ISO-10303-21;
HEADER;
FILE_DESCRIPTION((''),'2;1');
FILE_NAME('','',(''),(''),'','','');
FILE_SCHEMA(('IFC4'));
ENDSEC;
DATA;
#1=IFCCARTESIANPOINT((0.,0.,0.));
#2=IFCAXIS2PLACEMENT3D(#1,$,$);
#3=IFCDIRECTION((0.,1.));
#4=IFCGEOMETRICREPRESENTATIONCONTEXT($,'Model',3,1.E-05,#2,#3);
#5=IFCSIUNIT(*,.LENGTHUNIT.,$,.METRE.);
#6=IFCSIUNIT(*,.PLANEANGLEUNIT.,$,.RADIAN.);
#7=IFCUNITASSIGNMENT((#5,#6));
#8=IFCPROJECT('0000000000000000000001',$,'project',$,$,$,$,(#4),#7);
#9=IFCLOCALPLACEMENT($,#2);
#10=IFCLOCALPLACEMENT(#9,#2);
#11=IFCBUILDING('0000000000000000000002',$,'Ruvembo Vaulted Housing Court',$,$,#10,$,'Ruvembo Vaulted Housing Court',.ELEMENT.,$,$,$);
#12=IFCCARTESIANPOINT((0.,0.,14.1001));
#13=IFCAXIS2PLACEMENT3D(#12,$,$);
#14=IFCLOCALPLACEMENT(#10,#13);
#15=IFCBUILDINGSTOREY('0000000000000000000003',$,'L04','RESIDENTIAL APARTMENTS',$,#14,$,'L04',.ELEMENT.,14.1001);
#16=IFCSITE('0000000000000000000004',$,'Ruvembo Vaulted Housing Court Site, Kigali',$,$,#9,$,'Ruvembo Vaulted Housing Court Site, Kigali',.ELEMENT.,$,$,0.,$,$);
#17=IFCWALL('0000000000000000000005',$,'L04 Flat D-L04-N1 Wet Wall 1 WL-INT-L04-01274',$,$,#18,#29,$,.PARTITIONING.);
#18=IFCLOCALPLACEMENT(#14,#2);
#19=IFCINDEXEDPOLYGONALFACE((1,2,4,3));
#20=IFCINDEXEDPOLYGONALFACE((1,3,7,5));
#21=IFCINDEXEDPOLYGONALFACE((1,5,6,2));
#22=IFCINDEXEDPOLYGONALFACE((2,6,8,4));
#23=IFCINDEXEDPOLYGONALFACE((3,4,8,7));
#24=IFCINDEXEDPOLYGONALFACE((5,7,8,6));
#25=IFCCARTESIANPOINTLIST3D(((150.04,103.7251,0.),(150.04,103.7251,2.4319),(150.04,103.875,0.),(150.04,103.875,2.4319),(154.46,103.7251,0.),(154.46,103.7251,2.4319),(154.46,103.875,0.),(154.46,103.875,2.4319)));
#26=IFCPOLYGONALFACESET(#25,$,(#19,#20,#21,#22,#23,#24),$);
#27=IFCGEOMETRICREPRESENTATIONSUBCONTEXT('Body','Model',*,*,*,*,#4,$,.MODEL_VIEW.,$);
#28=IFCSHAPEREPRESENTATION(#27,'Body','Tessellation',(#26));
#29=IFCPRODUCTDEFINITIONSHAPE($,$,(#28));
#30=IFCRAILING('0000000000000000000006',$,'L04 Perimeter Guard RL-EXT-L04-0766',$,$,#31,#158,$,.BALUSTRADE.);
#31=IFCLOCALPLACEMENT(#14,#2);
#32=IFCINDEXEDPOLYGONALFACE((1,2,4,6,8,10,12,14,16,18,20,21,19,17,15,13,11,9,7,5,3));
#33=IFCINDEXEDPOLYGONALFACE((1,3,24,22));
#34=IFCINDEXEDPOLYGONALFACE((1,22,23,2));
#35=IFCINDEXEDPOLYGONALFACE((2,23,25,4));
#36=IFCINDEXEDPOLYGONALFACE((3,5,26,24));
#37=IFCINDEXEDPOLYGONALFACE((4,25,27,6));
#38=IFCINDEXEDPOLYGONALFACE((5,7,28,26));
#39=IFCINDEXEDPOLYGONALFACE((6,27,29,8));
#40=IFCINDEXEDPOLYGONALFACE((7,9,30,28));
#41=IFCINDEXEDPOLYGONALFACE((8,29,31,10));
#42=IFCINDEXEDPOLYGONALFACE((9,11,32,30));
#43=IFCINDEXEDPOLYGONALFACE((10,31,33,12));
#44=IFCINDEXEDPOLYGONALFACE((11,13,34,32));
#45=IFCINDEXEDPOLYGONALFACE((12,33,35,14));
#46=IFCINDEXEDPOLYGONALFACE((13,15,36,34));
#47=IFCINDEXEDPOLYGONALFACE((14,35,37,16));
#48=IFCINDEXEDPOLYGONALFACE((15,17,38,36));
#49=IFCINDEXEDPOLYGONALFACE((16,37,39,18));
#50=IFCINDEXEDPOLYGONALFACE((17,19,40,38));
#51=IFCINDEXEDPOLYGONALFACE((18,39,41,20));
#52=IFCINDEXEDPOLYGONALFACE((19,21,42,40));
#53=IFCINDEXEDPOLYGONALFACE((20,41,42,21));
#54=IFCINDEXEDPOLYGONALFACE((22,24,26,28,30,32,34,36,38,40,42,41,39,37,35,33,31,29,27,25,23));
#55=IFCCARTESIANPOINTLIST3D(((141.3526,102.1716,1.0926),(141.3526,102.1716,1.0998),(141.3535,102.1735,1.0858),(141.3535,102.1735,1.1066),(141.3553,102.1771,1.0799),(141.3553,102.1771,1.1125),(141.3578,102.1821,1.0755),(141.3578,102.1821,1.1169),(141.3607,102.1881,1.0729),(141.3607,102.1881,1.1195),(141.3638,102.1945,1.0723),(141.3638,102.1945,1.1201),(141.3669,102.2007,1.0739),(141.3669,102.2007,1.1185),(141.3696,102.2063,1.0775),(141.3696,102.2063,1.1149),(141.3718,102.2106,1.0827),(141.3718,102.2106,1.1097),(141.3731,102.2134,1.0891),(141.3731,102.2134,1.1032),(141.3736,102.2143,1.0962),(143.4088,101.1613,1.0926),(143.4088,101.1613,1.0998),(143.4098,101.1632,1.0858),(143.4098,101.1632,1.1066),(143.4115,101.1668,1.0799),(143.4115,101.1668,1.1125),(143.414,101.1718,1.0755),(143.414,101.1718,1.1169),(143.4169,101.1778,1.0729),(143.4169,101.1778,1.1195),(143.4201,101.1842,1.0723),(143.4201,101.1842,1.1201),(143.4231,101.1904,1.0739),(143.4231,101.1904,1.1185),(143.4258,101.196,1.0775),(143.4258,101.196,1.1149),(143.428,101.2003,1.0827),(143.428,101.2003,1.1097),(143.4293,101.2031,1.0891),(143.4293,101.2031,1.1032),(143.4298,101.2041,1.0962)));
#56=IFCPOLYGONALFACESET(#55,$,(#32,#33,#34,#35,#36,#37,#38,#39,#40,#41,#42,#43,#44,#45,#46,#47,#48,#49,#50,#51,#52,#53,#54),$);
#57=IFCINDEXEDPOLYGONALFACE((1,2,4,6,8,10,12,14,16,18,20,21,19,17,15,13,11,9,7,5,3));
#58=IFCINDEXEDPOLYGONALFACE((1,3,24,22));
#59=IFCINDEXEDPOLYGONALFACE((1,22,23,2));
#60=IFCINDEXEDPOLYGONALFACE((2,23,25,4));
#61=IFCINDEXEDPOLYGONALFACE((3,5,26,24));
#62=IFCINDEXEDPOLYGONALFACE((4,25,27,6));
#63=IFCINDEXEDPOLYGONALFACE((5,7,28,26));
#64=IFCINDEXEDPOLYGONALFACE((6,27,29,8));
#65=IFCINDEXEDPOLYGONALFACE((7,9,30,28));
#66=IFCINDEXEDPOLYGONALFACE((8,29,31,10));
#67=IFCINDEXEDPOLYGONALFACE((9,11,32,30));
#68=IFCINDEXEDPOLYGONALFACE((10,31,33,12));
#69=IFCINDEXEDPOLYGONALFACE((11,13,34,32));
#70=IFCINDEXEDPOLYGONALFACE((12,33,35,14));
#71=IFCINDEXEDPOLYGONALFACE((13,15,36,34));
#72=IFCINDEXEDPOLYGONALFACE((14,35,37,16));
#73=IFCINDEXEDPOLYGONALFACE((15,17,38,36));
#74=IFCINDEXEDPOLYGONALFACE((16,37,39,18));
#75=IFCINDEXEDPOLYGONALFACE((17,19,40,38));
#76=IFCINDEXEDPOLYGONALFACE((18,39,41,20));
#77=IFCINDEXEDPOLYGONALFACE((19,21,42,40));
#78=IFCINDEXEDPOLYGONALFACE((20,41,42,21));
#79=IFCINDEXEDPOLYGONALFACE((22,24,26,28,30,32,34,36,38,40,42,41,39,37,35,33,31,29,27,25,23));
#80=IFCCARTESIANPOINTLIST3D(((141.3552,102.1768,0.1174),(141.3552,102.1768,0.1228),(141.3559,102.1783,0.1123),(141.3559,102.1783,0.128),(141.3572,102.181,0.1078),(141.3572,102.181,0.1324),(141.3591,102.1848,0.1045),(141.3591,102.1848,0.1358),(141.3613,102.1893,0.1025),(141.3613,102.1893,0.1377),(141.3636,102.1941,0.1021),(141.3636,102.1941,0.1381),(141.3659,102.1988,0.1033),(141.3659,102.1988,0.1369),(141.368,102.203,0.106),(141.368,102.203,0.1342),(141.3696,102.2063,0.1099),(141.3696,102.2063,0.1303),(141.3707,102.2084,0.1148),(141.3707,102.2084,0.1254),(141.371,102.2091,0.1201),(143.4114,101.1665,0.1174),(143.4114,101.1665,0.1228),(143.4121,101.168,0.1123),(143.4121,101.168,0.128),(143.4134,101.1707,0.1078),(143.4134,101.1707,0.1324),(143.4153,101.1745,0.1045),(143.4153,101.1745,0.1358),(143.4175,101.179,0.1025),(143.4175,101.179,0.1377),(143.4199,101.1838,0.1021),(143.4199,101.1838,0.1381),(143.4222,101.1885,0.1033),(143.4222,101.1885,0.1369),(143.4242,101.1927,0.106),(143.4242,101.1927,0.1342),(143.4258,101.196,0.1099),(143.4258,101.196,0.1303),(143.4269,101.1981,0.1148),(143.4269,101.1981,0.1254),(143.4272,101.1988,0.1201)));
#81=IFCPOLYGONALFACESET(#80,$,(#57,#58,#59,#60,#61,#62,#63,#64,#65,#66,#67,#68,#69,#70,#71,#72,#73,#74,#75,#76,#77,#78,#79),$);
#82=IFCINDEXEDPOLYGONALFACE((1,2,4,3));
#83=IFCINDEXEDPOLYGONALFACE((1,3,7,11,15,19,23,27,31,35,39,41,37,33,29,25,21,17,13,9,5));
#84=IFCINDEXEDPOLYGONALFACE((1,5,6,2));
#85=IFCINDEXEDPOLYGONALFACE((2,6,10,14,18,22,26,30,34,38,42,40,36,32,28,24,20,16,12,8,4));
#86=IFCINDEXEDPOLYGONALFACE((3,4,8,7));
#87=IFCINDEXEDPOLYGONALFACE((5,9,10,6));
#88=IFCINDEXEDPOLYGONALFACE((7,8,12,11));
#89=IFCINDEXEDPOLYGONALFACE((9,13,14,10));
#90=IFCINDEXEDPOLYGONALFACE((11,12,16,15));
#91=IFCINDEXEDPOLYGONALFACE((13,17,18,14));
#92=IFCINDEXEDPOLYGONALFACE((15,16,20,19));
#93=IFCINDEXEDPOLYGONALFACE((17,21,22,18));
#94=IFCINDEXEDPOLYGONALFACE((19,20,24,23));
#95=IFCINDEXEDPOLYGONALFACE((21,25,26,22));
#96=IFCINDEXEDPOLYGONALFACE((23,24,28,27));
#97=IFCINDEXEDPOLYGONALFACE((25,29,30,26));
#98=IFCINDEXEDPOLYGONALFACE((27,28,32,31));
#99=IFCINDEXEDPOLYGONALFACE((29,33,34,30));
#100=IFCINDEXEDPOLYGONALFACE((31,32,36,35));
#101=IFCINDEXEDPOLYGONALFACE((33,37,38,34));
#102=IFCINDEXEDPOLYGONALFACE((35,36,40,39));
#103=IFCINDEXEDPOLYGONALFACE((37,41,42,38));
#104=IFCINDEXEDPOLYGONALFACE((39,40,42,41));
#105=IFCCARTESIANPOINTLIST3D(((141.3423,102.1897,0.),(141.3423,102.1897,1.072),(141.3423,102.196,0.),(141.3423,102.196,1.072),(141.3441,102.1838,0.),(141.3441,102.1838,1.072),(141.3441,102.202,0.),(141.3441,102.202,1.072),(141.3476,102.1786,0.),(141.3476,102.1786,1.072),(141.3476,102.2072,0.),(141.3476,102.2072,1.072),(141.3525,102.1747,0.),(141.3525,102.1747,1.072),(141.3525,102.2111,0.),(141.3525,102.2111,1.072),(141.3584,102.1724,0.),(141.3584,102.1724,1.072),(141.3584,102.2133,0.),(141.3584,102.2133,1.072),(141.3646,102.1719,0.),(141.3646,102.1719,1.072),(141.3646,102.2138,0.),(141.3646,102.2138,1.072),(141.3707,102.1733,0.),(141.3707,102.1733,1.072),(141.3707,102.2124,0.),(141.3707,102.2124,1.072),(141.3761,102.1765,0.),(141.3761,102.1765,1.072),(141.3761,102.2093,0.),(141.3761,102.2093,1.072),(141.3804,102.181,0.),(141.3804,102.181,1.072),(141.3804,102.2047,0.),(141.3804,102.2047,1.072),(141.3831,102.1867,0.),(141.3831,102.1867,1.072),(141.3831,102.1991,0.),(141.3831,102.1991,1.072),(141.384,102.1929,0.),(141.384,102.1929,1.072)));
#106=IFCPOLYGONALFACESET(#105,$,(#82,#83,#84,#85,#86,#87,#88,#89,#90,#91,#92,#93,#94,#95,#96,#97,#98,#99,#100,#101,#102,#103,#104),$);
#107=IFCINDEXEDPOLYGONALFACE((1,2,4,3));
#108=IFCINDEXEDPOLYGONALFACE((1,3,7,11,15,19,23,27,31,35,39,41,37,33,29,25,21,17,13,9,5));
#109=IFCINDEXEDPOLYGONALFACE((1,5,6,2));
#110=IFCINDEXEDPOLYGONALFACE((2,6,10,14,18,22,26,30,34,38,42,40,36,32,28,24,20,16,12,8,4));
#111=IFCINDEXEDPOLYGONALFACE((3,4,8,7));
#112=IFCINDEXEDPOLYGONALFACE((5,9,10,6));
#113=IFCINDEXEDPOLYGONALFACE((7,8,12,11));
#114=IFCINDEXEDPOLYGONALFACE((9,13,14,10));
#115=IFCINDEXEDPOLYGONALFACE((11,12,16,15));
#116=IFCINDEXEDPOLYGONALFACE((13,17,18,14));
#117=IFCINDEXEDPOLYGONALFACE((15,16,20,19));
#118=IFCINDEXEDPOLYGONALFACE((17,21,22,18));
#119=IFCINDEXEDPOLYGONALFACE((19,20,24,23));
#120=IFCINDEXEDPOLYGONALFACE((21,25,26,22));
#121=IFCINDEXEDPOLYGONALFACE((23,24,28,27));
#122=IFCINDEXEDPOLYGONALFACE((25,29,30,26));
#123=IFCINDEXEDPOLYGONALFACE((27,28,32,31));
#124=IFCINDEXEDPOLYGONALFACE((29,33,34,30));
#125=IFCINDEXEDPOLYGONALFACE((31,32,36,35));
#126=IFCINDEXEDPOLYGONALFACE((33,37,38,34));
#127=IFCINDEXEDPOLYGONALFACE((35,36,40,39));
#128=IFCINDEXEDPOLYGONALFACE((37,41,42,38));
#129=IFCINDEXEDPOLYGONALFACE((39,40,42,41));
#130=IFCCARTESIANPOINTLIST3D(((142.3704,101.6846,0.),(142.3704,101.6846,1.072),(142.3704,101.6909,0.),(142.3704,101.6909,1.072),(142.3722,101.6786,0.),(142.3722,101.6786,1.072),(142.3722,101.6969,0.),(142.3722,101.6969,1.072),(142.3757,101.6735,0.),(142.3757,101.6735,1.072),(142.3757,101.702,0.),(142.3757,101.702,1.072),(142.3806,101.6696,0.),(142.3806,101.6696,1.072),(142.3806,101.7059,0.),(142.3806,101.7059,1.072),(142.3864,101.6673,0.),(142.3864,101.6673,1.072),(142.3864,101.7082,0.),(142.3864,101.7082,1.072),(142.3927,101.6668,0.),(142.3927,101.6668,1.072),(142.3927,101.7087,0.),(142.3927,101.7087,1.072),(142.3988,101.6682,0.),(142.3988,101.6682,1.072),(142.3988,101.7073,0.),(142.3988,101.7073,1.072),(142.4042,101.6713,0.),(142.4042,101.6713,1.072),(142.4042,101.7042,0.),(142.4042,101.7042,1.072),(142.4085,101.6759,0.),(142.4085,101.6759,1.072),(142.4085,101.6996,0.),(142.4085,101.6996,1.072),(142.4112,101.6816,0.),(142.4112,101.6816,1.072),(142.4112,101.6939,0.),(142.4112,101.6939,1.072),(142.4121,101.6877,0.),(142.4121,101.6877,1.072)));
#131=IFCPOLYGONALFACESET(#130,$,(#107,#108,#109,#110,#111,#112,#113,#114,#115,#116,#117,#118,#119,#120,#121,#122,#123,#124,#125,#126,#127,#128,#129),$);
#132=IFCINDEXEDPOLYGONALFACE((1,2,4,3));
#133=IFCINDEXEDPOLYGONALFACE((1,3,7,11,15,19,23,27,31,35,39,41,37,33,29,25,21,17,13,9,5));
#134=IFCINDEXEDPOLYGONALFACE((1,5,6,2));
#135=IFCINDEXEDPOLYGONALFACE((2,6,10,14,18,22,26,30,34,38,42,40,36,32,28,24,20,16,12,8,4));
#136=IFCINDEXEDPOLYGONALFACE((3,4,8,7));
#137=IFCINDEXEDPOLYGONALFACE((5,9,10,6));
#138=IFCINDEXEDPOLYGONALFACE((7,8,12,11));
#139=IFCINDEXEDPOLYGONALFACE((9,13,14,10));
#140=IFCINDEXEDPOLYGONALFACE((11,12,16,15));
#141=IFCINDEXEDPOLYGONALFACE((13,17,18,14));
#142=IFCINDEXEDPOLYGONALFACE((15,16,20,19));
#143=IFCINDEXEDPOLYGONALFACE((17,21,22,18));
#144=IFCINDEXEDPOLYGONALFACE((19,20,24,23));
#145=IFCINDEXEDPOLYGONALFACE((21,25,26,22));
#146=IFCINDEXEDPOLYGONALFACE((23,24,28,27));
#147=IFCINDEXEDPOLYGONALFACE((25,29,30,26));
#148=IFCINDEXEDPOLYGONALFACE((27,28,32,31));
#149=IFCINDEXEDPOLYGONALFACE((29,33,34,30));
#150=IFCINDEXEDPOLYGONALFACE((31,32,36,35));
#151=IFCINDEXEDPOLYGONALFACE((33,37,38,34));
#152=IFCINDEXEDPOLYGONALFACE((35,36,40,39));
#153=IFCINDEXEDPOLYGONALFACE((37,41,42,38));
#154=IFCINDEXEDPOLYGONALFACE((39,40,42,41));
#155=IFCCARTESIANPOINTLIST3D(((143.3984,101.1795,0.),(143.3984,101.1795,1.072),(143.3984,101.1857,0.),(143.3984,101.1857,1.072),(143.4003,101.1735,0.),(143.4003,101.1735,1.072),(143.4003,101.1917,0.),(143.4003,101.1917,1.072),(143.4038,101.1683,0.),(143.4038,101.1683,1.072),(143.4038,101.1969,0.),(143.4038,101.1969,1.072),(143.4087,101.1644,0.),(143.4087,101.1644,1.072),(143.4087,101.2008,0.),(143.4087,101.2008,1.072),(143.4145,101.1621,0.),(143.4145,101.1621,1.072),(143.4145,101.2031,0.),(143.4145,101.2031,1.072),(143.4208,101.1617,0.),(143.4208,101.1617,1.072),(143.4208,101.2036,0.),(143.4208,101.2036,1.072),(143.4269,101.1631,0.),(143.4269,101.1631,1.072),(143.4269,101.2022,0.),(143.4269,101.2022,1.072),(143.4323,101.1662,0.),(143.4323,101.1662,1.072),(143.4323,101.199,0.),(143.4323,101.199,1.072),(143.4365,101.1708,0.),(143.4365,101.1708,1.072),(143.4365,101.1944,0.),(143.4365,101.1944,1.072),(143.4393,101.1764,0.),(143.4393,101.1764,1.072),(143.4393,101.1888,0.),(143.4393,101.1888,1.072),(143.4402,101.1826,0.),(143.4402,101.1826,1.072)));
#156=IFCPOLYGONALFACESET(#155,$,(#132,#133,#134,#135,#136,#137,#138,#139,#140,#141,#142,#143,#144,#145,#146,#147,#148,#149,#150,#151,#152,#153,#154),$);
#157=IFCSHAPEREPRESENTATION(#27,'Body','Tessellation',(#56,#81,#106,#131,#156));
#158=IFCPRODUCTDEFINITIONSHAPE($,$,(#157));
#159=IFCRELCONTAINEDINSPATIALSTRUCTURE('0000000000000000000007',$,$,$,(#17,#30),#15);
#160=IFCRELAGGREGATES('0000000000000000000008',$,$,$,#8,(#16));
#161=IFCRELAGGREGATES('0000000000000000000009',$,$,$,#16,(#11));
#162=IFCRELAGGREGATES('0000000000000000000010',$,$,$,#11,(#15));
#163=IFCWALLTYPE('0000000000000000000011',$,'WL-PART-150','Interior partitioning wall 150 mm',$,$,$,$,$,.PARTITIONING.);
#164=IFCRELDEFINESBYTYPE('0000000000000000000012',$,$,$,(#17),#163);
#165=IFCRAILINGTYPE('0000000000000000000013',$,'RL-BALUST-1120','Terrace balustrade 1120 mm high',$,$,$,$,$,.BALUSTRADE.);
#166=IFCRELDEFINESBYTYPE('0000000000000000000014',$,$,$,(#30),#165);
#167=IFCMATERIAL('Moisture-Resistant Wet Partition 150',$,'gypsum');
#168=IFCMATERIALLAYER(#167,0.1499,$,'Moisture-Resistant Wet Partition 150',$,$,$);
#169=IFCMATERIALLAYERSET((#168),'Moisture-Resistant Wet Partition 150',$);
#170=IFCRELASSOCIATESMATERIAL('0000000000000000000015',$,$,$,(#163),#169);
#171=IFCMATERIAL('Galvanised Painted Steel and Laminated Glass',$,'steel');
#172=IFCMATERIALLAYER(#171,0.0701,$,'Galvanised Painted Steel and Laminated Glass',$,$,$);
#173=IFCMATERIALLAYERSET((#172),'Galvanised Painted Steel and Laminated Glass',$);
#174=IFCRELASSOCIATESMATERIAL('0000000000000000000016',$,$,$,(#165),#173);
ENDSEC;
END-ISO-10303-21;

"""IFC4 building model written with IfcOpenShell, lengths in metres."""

from ifc_helpers import new_model, si_unit, direction, frame, frame_2d, origin, origin_2d, place, context, subcontext, project, spatial, rectangle, circle, extrude, material, layer, layer_set, type_object, element, save


model = new_model("IFC4")

# Units and contexts
model_context = context("Model", 3, precision=1e-05, world=origin(), true_north=direction((0.0, 1.0)))
body_context = subcontext(model_context, "Body", "Model", "MODEL_VIEW")
ifc_project = project(units=[si_unit("LENGTHUNIT", "METRE"), si_unit("PLANEANGLEUNIT", "RADIAN")], contexts=[model_context])

# Site, building, storey
site_placement = place(None, origin())
site = spatial("IfcSite", under=ifc_project, at=site_placement, Name="Ruvembo Vaulted Housing Court Site, Kigali", LongName="Ruvembo Vaulted Housing Court Site, Kigali", CompositionType="ELEMENT", RefElevation=0.0)
building_placement = place(site_placement, origin())
building = spatial("IfcBuilding", under=site, at=building_placement, Name="Ruvembo Vaulted Housing Court", LongName="Ruvembo Vaulted Housing Court", CompositionType="ELEMENT")
storey_placement = place(building_placement, frame((0.0, 0.0, 14.1001)))
storey = spatial("IfcBuildingStorey", under=building, at=storey_placement, Name="L04", Description="RESIDENTIAL APARTMENTS", LongName="L04", CompositionType="ELEMENT", Elevation=14.1001)

# Wall
ifc_material_1 = material(Name="Moisture-Resistant Wet Partition 150", Category="gypsum")
ifc_layer_1 = layer(ifc_material_1, 0.1499, Name="Moisture-Resistant Wet Partition 150")
ifc_layer_set_1 = layer_set([ifc_layer_1], Name="Moisture-Resistant Wet Partition 150")
wall_type_1 = type_object("IfcWallType", Name="WL-PART-150", Description="Interior partitioning wall 150 mm", PredefinedType="PARTITIONING", material=ifc_layer_set_1)
wall_1_placement = place(storey_placement, frame((150.04, 103.8, 0.0), z_axis=(0.0, 0.0, 1.0), x_axis=(1.0, 0.0, 0.0)))
element("IfcWall", 1, at=wall_1_placement, inside=storey, type_object=wall_type_1, Name="L04 Flat D-L04-N1 Wet Wall 1 WL-INT-L04-01274", PredefinedType="PARTITIONING", context=body_context, shape_type="SweptSolid", body=[
    extrude(rectangle(XDim=4.4199, YDim=0.1499, at=frame_2d((2.21, 0.0))), origin(), (0.0, 0.0, 1.0), 2.4319),
])

# Railing
ifc_material_2 = material(Name="Galvanised Painted Steel and Laminated Glass", Category="steel")
ifc_layer_2 = layer(ifc_material_2, 0.0701, Name="Galvanised Painted Steel and Laminated Glass")
ifc_layer_set_2 = layer_set([ifc_layer_2], Name="Galvanised Painted Steel and Laminated Glass")
railing_type = type_object("IfcRailingType", Name="RL-BALUST-1120", Description="Terrace balustrade 1120 mm high", PredefinedType="BALUSTRADE", material=ifc_layer_set_2)
railing_1_placement = place(storey_placement, frame((141.363, 102.1929, 0.0)))
element("IfcRailing", 2, at=railing_1_placement, inside=storey, type_object=railing_type, Name="L04 Perimeter Guard RL-EXT-L04-0766", PredefinedType="BALUSTRADE", context=body_context, shape_type="SweptSolid", body=[
    extrude(circle(Radius=0.0239, at=origin_2d()), frame((0.0, 0.0, 1.0962), z_axis=(0.897517, -0.440979, 0.0), x_axis=(0.440979, 0.897517, 0.0)), (0.0, 0.0, 1.0), 2.291),
    extrude(circle(Radius=0.0181, at=origin_2d()), frame((0.0, 0.0, 0.1201), z_axis=(0.897517, -0.440979, 0.0), x_axis=(0.440979, 0.897517, 0.0)), (0.0, 0.0, 1.0), 2.291),
    extrude(circle(Radius=0.021, at=origin_2d()), origin(), (0.0, 0.0, 1.0), 1.072),
    extrude(circle(Radius=0.021, at=origin_2d()), frame((1.0281, -0.5051, 0.0)), (0.0, 0.0, 1.0), 1.072),
    extrude(circle(Radius=0.021, at=origin_2d()), frame((2.0562, -1.0103, 0.0)), (0.0, 0.0, 1.0), 1.072),
])

save(model, "model.ifc")
